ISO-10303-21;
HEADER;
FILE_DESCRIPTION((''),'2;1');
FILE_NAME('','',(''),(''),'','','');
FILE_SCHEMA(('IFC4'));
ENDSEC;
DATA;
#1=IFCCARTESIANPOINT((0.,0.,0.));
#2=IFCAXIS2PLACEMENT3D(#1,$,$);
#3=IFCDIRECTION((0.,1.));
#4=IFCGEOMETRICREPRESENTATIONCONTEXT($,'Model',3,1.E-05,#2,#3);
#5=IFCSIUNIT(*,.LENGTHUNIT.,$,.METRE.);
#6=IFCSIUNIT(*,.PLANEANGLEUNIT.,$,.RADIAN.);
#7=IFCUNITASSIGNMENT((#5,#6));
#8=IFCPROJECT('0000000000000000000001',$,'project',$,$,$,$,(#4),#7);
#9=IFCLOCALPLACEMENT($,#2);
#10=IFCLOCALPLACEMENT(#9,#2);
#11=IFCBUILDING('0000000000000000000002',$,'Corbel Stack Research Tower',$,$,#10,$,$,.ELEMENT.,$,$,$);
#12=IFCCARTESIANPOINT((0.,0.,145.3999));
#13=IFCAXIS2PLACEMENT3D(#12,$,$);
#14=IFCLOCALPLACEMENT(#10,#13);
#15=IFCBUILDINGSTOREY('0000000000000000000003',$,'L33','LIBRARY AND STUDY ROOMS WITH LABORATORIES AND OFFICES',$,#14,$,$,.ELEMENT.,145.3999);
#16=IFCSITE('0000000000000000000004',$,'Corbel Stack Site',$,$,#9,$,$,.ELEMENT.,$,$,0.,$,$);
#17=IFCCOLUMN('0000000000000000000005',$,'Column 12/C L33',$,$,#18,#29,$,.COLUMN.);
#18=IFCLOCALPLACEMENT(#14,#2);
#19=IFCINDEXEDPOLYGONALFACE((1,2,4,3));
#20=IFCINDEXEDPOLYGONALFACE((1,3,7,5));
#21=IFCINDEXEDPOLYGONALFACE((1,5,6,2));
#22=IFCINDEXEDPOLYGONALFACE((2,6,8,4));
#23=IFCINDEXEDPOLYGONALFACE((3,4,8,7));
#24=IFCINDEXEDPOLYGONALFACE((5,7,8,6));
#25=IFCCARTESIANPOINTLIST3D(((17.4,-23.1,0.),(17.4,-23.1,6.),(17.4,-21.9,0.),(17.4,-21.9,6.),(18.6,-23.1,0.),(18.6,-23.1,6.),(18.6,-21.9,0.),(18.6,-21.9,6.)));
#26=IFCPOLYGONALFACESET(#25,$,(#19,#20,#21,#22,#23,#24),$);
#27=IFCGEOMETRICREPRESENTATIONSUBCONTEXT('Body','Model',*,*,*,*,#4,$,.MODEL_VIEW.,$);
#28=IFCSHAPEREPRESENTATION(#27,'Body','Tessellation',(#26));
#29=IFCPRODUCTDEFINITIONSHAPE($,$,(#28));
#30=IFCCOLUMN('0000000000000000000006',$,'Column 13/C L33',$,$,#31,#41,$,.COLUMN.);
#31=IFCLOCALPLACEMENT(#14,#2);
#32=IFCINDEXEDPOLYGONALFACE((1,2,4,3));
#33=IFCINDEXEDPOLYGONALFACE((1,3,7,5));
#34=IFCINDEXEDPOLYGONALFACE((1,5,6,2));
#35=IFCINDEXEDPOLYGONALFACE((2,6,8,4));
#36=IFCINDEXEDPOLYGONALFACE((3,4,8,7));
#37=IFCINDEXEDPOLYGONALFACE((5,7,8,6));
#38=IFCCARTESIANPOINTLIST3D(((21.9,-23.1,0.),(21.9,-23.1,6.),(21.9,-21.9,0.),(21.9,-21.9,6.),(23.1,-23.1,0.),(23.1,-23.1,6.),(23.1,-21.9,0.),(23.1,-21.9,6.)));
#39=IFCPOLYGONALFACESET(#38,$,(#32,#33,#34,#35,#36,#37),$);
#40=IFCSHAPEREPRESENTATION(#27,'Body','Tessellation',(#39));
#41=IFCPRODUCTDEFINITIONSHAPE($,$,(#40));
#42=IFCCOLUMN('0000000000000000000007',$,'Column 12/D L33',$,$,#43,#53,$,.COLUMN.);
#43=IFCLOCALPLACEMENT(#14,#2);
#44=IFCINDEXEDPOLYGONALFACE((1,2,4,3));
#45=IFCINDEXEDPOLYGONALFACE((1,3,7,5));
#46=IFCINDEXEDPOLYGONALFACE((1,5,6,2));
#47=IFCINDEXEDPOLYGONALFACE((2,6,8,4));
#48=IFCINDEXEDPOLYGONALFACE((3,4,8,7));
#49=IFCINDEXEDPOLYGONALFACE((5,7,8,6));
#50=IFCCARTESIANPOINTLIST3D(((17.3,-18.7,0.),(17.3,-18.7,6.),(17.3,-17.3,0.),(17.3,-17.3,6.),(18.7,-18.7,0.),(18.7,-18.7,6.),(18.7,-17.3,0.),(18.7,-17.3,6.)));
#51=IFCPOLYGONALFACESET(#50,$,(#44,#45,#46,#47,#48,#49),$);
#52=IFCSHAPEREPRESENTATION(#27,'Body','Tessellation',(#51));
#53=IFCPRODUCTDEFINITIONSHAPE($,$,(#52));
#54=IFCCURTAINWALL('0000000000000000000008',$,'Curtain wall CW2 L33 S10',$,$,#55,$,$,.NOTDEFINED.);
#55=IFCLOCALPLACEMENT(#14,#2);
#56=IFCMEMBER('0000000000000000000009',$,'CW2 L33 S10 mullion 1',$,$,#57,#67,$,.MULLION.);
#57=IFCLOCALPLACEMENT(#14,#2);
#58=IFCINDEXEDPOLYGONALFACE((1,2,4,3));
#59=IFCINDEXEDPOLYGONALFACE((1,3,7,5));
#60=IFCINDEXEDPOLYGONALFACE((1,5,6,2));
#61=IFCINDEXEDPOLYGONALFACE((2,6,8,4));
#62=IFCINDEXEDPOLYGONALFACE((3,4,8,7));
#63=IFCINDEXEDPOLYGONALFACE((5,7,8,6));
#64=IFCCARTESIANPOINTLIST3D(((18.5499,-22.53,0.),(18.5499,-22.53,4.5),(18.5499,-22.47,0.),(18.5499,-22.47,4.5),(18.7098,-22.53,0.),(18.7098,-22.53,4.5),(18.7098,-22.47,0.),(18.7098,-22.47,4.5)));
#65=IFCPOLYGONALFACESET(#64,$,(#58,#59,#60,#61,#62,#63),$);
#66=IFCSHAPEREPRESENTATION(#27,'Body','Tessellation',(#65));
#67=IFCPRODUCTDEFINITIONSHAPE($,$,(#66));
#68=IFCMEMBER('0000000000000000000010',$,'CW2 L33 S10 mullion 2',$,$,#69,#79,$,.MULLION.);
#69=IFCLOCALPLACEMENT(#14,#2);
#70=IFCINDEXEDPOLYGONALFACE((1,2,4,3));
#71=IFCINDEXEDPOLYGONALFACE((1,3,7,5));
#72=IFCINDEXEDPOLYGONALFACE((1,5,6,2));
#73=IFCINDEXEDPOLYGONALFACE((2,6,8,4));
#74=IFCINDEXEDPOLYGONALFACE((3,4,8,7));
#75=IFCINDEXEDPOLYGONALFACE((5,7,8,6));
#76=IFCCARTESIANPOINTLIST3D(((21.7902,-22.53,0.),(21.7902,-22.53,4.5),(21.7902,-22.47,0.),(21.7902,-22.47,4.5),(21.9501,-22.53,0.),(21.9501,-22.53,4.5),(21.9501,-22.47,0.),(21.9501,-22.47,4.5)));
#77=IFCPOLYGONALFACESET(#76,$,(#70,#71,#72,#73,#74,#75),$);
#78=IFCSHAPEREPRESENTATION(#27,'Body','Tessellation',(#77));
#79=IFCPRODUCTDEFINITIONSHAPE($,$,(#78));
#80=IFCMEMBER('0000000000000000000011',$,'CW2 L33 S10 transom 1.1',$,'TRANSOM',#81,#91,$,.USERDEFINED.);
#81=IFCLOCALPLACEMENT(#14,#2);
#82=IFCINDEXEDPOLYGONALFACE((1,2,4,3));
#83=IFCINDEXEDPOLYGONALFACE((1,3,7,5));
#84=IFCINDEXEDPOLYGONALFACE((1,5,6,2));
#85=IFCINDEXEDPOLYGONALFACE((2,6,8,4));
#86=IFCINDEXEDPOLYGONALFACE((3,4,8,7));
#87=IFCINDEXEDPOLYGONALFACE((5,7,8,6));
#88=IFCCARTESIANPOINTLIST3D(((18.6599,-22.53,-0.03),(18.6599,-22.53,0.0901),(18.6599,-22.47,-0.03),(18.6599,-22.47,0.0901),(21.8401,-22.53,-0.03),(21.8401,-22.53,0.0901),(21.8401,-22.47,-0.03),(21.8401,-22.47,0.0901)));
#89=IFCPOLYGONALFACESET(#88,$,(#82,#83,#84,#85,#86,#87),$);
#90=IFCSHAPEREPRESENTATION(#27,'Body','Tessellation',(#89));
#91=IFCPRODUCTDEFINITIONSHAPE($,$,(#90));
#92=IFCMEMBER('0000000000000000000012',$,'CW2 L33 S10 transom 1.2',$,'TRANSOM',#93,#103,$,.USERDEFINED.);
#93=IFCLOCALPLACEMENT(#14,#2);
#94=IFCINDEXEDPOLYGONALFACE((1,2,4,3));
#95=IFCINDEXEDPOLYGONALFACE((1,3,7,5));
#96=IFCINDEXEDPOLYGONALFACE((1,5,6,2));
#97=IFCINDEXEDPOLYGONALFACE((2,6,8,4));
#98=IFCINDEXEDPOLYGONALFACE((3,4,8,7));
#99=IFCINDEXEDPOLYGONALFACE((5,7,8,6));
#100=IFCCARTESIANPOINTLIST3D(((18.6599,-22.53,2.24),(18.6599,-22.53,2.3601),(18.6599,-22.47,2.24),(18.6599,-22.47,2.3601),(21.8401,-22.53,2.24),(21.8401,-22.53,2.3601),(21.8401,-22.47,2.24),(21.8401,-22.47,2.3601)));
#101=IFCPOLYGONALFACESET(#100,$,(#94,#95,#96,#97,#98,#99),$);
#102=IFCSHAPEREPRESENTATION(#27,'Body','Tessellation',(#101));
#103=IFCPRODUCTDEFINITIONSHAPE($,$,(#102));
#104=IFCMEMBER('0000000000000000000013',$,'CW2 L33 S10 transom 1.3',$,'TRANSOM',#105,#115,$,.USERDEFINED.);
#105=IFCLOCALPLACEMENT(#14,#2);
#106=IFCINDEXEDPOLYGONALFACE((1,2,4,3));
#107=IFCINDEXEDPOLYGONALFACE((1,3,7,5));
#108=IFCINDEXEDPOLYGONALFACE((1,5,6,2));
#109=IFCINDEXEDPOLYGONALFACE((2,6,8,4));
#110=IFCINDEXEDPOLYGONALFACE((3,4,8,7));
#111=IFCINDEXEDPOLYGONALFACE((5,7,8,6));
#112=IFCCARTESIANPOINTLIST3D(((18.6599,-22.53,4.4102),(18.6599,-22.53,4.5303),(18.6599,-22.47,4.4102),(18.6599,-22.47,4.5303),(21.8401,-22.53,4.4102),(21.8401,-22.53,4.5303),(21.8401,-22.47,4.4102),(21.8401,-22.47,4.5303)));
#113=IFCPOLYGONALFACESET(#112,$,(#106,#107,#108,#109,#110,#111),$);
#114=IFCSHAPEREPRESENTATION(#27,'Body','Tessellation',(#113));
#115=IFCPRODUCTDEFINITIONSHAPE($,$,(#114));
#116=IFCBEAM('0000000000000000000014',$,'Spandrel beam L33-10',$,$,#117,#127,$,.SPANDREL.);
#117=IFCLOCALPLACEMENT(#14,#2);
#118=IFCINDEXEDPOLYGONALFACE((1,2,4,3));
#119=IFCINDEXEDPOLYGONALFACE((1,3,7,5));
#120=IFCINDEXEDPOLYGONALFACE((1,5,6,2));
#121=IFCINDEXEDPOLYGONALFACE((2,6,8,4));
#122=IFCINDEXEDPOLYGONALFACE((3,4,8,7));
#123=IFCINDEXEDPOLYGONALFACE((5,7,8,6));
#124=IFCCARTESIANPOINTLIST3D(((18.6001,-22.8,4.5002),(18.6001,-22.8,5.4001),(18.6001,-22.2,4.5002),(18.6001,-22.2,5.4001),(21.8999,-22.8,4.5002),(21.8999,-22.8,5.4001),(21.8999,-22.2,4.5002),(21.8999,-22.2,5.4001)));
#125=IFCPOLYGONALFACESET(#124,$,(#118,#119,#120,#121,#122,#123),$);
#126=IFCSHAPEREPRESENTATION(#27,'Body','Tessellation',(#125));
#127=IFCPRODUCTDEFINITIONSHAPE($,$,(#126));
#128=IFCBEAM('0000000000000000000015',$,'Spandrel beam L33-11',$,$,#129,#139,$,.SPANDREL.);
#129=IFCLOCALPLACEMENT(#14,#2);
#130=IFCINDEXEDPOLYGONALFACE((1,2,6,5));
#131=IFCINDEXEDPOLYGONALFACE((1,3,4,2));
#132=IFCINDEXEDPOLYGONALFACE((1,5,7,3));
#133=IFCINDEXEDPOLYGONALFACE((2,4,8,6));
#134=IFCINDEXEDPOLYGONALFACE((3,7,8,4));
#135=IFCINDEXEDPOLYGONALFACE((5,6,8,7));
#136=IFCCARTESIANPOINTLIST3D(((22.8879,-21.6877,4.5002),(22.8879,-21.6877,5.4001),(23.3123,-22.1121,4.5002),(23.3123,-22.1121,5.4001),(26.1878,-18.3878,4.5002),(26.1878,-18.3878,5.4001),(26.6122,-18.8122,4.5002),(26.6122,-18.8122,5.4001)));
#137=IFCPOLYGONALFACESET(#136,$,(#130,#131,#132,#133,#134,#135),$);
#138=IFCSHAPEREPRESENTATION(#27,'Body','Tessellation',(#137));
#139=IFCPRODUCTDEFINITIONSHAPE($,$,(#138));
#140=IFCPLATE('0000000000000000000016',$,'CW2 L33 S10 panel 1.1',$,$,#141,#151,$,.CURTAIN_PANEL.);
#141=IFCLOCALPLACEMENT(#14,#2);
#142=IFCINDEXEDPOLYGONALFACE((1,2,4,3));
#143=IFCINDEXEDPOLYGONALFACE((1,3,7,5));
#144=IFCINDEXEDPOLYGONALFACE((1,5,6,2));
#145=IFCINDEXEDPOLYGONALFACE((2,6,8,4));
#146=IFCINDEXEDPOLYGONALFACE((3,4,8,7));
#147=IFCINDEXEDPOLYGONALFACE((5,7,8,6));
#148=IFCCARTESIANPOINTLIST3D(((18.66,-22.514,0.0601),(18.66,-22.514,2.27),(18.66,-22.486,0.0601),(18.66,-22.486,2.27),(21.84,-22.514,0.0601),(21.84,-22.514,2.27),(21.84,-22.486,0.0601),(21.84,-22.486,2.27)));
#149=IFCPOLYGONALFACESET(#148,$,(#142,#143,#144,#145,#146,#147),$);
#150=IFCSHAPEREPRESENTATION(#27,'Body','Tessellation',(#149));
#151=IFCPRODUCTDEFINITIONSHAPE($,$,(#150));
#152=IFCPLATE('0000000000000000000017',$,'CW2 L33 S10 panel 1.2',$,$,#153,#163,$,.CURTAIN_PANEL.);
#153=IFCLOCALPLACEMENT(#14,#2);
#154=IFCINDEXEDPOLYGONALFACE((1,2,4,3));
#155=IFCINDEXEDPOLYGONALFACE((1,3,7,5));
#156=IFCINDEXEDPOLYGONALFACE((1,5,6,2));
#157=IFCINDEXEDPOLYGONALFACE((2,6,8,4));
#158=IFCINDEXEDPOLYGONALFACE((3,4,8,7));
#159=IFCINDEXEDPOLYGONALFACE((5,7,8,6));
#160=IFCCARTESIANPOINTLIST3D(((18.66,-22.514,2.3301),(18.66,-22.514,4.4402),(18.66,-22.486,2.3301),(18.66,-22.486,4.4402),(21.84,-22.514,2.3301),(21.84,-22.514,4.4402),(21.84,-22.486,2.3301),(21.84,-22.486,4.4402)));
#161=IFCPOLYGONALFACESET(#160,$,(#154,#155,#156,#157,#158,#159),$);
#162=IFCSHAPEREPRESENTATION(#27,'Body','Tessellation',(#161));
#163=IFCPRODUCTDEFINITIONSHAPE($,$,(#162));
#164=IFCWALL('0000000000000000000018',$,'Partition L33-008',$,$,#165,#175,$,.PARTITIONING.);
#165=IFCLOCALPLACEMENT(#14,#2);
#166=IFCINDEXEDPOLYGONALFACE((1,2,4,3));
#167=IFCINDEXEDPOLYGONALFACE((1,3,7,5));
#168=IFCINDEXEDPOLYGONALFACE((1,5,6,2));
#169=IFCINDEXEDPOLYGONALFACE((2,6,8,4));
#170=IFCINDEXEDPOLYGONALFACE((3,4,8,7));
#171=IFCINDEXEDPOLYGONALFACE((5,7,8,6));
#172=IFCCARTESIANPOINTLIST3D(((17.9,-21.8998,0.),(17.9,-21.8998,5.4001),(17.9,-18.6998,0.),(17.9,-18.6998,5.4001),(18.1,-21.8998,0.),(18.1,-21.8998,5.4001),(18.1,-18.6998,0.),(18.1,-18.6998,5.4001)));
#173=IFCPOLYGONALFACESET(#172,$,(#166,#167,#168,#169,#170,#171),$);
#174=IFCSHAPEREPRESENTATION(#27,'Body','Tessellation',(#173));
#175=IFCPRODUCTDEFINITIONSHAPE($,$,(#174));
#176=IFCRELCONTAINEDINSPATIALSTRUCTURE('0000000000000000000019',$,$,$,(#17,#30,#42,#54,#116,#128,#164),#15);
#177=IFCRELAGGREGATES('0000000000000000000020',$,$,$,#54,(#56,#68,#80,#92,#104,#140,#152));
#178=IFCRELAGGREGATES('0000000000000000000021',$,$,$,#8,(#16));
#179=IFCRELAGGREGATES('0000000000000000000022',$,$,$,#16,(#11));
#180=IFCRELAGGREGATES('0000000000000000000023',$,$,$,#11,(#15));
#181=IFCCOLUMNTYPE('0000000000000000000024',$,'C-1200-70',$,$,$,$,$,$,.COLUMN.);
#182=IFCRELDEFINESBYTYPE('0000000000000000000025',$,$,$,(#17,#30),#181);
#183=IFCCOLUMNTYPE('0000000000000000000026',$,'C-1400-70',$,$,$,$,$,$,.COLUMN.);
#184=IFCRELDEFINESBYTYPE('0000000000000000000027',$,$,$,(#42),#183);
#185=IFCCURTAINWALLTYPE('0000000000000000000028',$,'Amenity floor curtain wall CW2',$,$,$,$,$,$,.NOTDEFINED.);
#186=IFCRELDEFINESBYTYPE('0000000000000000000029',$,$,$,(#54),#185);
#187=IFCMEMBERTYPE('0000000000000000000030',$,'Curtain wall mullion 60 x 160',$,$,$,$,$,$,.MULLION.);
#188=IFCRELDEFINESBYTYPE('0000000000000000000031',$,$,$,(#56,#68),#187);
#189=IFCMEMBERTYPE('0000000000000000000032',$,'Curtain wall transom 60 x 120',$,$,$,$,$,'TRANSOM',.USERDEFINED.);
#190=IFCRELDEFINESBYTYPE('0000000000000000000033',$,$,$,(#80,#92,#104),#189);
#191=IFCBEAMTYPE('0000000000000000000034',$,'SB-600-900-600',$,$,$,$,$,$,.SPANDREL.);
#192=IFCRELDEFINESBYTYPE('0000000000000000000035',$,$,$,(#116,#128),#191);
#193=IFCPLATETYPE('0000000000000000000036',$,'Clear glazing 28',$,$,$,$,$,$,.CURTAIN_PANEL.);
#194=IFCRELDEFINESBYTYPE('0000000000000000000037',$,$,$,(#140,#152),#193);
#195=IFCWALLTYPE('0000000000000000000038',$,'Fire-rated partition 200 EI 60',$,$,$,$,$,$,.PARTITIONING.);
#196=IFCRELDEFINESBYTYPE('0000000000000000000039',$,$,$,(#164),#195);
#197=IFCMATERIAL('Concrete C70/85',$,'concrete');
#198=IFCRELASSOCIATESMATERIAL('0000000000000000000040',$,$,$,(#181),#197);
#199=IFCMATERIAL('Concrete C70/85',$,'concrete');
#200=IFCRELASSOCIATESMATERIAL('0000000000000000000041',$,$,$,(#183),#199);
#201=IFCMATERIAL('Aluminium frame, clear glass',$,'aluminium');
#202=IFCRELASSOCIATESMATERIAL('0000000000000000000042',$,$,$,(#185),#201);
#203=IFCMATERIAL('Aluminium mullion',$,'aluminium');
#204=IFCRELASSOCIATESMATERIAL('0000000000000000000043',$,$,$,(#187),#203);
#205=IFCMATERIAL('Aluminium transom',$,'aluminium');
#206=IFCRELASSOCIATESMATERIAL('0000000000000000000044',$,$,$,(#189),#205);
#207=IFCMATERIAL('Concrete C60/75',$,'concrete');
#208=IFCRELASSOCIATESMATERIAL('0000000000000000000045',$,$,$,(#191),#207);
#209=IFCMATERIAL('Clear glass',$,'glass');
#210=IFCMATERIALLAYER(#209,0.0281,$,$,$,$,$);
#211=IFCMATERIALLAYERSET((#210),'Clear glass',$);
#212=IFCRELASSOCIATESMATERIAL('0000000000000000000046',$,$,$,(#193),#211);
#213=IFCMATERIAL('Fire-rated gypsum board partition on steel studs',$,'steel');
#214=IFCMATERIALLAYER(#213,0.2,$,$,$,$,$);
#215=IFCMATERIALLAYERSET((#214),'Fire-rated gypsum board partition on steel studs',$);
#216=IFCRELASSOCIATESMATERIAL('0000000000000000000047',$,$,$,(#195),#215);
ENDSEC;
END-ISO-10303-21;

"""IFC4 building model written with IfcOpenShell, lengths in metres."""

from ifc_helpers import new_model, si_unit, direction, frame, frame_2d, origin, origin_2d, place, context, subcontext, project, spatial, rectangle, extrude, material, layer, layer_set, material_profile, profile_set, type_object, element, aggregate, save


model = new_model("IFC4")

# Units and contexts
model_context = context("Model", 3, precision=1e-05, world=origin(), true_north=direction((0.0, 1.0)))
body_context = subcontext(model_context, "Body", "Model", "MODEL_VIEW")
ifc_project = project(units=[si_unit("LENGTHUNIT", "METRE"), si_unit("PLANEANGLEUNIT", "RADIAN")], contexts=[model_context])

# Site, building, storey
site_placement = place(None, origin())
site = spatial("IfcSite", under=ifc_project, at=site_placement, Name="Corbel Stack Site", CompositionType="ELEMENT", RefElevation=0.0)
building_placement = place(site_placement, origin())
building = spatial("IfcBuilding", under=site, at=building_placement, Name="Corbel Stack Research Tower", CompositionType="ELEMENT")
storey_placement = place(building_placement, frame((0.0, 0.0, 145.3999)))
storey = spatial("IfcBuildingStorey", under=building, at=storey_placement, Name="L33", Description="LIBRARY AND STUDY ROOMS WITH LABORATORIES AND OFFICES", CompositionType="ELEMENT", Elevation=145.3999)

# Columns
ifc_material_1 = material(Name="Concrete C70/85", Category="concrete")
ifc_material_profile_1 = material_profile(ifc_material_1, rectangle(XDim=1.2, YDim=1.2, at=origin_2d()), Name="RC 1200 x 1200")
ifc_profile_set_1 = profile_set([ifc_material_profile_1], Name="Concrete C70/85")
column_type_1 = type_object("IfcColumnType", Name="C-1200-70", PredefinedType="COLUMN", material=ifc_profile_set_1)
for number, where, z_axis, x_axis, name in (
    (1, (18.0, -22.5, 0.0), (0.0, 0.0, 1.0), (1.0, 0.0, 0.0), "Column 12/C L33"),
    (2, (22.5, -22.5, 0.0), (0.0, 0.0, 1.0), (1.0, 0.0, 0.0), "Column 13/C L33"),
):
    element("IfcColumn", number, at=place(storey_placement, frame(where, z_axis=z_axis, x_axis=x_axis)), inside=storey, type_object=column_type_1, Name=name, PredefinedType="COLUMN", context=body_context, shape_type="SweptSolid", body=[
        extrude(rectangle(XDim=1.2, YDim=1.2, at=origin_2d()), origin(), (0.0, 0.0, 1.0), 6.0),
    ])
ifc_material_2 = material(Name="Concrete C70/85", Category="concrete")
ifc_material_profile_2 = material_profile(ifc_material_2, rectangle(XDim=1.3999, YDim=1.3999, at=origin_2d()), Name="RC 1400 x 1400")
ifc_profile_set_2 = profile_set([ifc_material_profile_2], Name="Concrete C70/85")
column_type_2 = type_object("IfcColumnType", Name="C-1400-70", PredefinedType="COLUMN", material=ifc_profile_set_2)
column_placement = place(storey_placement, frame((18.0, -18.0, 0.0), z_axis=(0.0, 0.0, 1.0), x_axis=(1.0, 0.0, 0.0)))
element("IfcColumn", 3, at=column_placement, inside=storey, type_object=column_type_2, Name="Column 12/D L33", PredefinedType="COLUMN", context=body_context, shape_type="SweptSolid", body=[
    extrude(rectangle(XDim=1.3999, YDim=1.3999, at=origin_2d()), origin(), (0.0, 0.0, 1.0), 6.0),
])

# Curtain wall, members
ifc_material_3 = material(Name="Aluminium frame, clear glass", Category="aluminium")
curtain_wall_type = type_object("IfcCurtainWallType", Name="Amenity floor curtain wall CW2", PredefinedType="NOTDEFINED", material=ifc_material_3)
curtain_wall_placement = place(storey_placement, origin())
curtain_wall = element("IfcCurtainWall", 4, at=curtain_wall_placement, inside=storey, type_object=curtain_wall_type, Name="Curtain wall CW2 L33 S10", PredefinedType="NOTDEFINED")
ifc_material_4 = material(Name="Aluminium mullion", Category="aluminium")
ifc_material_profile_3 = material_profile(ifc_material_4, rectangle(XDim=0.0601, YDim=0.1599, at=origin_2d()), Name="Mullion 60 x 160")
ifc_profile_set_3 = profile_set([ifc_material_profile_3], Name="Aluminium mullion")
member_type_1 = type_object("IfcMemberType", Name="Curtain wall mullion 60 x 160", PredefinedType="MULLION", material=ifc_profile_set_3)
member_1_placement = place(storey_placement, frame((18.6299, -22.5, 0.0), z_axis=(0.0, 0.0, 1.0), x_axis=(0.0, 1.0, 0.0)))
member_1 = element("IfcMember", 5, at=member_1_placement, type_object=member_type_1, Name="CW2 L33 S10 mullion 1", PredefinedType="MULLION", context=body_context, shape_type="SweptSolid", body=[
    extrude(rectangle(XDim=0.0601, YDim=0.1599, at=origin_2d()), origin(), (0.0, 0.0, 1.0), 4.5),
])
member_2_placement = place(storey_placement, frame((21.8701, -22.5, 0.0), z_axis=(0.0, 0.0, 1.0), x_axis=(0.0, 1.0, 0.0)))
member_2 = element("IfcMember", 6, at=member_2_placement, type_object=member_type_1, Name="CW2 L33 S10 mullion 2", PredefinedType="MULLION", context=body_context, shape_type="SweptSolid", body=[
    extrude(rectangle(XDim=0.0601, YDim=0.1599, at=origin_2d()), origin(), (0.0, 0.0, 1.0), 4.5),
])
ifc_material_5 = material(Name="Aluminium transom", Category="aluminium")
ifc_material_profile_4 = material_profile(ifc_material_5, rectangle(XDim=0.0601, YDim=0.1201, at=origin_2d()), Name="Transom 60 x 120")
ifc_profile_set_4 = profile_set([ifc_material_profile_4], Name="Aluminium transom")
member_type_2 = type_object("IfcMemberType", Name="Curtain wall transom 60 x 120", ElementType="TRANSOM", PredefinedType="USERDEFINED", material=ifc_profile_set_4)
member_3_placement = place(storey_placement, frame((18.6599, -22.5, 0.03), z_axis=(1.0, 0.0, 0.0), x_axis=(0.0, 1.0, 0.0)))
member_3 = element("IfcMember", 7, at=member_3_placement, type_object=member_type_2, Name="CW2 L33 S10 transom 1.1", ObjectType="TRANSOM", PredefinedType="USERDEFINED", context=body_context, shape_type="SweptSolid", body=[
    extrude(rectangle(XDim=0.0601, YDim=0.1201, at=origin_2d()), origin(), (0.0, 0.0, 1.0), 3.1802),
])
member_4_placement = place(storey_placement, frame((18.6599, -22.5, 2.3), z_axis=(1.0, 0.0, 0.0), x_axis=(0.0, 1.0, 0.0)))
member_4 = element("IfcMember", 8, at=member_4_placement, type_object=member_type_2, Name="CW2 L33 S10 transom 1.2", ObjectType="TRANSOM", PredefinedType="USERDEFINED", context=body_context, shape_type="SweptSolid", body=[
    extrude(rectangle(XDim=0.0601, YDim=0.1201, at=origin_2d()), origin(), (0.0, 0.0, 1.0), 3.1802),
])
member_5_placement = place(storey_placement, frame((18.6599, -22.5, 4.4702), z_axis=(1.0, 0.0, 0.0), x_axis=(0.0, 1.0, 0.0)))
member_5 = element("IfcMember", 9, at=member_5_placement, type_object=member_type_2, Name="CW2 L33 S10 transom 1.3", ObjectType="TRANSOM", PredefinedType="USERDEFINED", context=body_context, shape_type="SweptSolid", body=[
    extrude(rectangle(XDim=0.0601, YDim=0.1201, at=origin_2d()), origin(), (0.0, 0.0, 1.0), 3.1802),
])

# Beams
ifc_material_6 = material(Name="Concrete C60/75", Category="concrete")
ifc_material_profile_5 = material_profile(ifc_material_6, rectangle(XDim=0.6001, YDim=0.8999, at=origin_2d()), Name="RC 600 x 900")
ifc_profile_set_5 = profile_set([ifc_material_profile_5], Name="Concrete C60/75")
beam_type = type_object("IfcBeamType", Name="SB-600-900-600", PredefinedType="SPANDREL", material=ifc_profile_set_5)
beam_1_placement = place(storey_placement, frame((18.6001, -22.5, 4.9502), z_axis=(1.0, 0.0, 0.0), x_axis=(0.0, 1.0, 0.0)))
element("IfcBeam", 10, at=beam_1_placement, inside=storey, type_object=beam_type, Name="Spandrel beam L33-10", PredefinedType="SPANDREL", context=body_context, shape_type="SweptSolid", body=[
    extrude(rectangle(XDim=0.6001, YDim=0.8999, at=origin_2d()), origin(), (0.0, 0.0, 1.0), 3.2998),
])
beam_2_placement = place(storey_placement, frame((23.1001, -21.8999, 4.9502), z_axis=(0.707107, 0.707107, 0.0), x_axis=(-0.707107, 0.707107, 0.0)))
element("IfcBeam", 11, at=beam_2_placement, inside=storey, type_object=beam_type, Name="Spandrel beam L33-11", PredefinedType="SPANDREL", context=body_context, shape_type="SweptSolid", body=[
    extrude(rectangle(XDim=0.6001, YDim=0.8999, at=origin_2d()), origin(), (0.0, 0.0, 1.0), 4.6667),
])

# Plates
ifc_material_7 = material(Name="Clear glass", Category="glass")
ifc_layer_1 = layer(ifc_material_7, 0.0281)
ifc_layer_set_1 = layer_set([ifc_layer_1], Name="Clear glass")
plate_type = type_object("IfcPlateType", Name="Clear glazing 28", PredefinedType="CURTAIN_PANEL", material=ifc_layer_set_1)
plate_1_placement = place(storey_placement, frame((20.25, -22.5, 0.0601), z_axis=(0.0, 0.0, 1.0), x_axis=(1.0, 0.0, 0.0)))
plate_1 = element("IfcPlate", 12, at=plate_1_placement, type_object=plate_type, Name="CW2 L33 S10 panel 1.1", PredefinedType="CURTAIN_PANEL", context=body_context, shape_type="SweptSolid", body=[
    extrude(rectangle(XDim=3.1799, YDim=0.0281, at=origin_2d()), origin(), (0.0, 0.0, 1.0), 2.21),
])
plate_2_placement = place(storey_placement, frame((20.25, -22.5, 2.3301), z_axis=(0.0, 0.0, 1.0), x_axis=(1.0, 0.0, 0.0)))
plate_2 = element("IfcPlate", 13, at=plate_2_placement, type_object=plate_type, Name="CW2 L33 S10 panel 1.2", PredefinedType="CURTAIN_PANEL", context=body_context, shape_type="SweptSolid", body=[
    extrude(rectangle(XDim=3.1799, YDim=0.0281, at=origin_2d()), origin(), (0.0, 0.0, 1.0), 2.1101),
])
aggregate(curtain_wall, [member_1, member_2, member_3, member_4, member_5, plate_1, plate_2])

# Wall
ifc_material_8 = material(Name="Fire-rated gypsum board partition on steel studs", Category="steel")
ifc_layer_2 = layer(ifc_material_8, 0.2)
ifc_layer_set_2 = layer_set([ifc_layer_2], Name="Fire-rated gypsum board partition on steel studs")
wall_type_1 = type_object("IfcWallType", Name="Fire-rated partition 200 EI 60", PredefinedType="PARTITIONING", material=ifc_layer_set_2)
wall_1_placement = place(storey_placement, frame((18.0, -21.8999, 0.0), z_axis=(0.0, 0.0, 1.0), x_axis=(0.0, 1.0, 0.0)))
element("IfcWall", 14, at=wall_1_placement, inside=storey, type_object=wall_type_1, Name="Partition L33-008", PredefinedType="PARTITIONING", context=body_context, shape_type="SweptSolid", body=[
    extrude(rectangle(XDim=3.2, YDim=0.2, at=frame_2d((1.6001, 0.0))), origin(), (0.0, 0.0, 1.0), 5.4001),
])

save(model, "model.ifc")
